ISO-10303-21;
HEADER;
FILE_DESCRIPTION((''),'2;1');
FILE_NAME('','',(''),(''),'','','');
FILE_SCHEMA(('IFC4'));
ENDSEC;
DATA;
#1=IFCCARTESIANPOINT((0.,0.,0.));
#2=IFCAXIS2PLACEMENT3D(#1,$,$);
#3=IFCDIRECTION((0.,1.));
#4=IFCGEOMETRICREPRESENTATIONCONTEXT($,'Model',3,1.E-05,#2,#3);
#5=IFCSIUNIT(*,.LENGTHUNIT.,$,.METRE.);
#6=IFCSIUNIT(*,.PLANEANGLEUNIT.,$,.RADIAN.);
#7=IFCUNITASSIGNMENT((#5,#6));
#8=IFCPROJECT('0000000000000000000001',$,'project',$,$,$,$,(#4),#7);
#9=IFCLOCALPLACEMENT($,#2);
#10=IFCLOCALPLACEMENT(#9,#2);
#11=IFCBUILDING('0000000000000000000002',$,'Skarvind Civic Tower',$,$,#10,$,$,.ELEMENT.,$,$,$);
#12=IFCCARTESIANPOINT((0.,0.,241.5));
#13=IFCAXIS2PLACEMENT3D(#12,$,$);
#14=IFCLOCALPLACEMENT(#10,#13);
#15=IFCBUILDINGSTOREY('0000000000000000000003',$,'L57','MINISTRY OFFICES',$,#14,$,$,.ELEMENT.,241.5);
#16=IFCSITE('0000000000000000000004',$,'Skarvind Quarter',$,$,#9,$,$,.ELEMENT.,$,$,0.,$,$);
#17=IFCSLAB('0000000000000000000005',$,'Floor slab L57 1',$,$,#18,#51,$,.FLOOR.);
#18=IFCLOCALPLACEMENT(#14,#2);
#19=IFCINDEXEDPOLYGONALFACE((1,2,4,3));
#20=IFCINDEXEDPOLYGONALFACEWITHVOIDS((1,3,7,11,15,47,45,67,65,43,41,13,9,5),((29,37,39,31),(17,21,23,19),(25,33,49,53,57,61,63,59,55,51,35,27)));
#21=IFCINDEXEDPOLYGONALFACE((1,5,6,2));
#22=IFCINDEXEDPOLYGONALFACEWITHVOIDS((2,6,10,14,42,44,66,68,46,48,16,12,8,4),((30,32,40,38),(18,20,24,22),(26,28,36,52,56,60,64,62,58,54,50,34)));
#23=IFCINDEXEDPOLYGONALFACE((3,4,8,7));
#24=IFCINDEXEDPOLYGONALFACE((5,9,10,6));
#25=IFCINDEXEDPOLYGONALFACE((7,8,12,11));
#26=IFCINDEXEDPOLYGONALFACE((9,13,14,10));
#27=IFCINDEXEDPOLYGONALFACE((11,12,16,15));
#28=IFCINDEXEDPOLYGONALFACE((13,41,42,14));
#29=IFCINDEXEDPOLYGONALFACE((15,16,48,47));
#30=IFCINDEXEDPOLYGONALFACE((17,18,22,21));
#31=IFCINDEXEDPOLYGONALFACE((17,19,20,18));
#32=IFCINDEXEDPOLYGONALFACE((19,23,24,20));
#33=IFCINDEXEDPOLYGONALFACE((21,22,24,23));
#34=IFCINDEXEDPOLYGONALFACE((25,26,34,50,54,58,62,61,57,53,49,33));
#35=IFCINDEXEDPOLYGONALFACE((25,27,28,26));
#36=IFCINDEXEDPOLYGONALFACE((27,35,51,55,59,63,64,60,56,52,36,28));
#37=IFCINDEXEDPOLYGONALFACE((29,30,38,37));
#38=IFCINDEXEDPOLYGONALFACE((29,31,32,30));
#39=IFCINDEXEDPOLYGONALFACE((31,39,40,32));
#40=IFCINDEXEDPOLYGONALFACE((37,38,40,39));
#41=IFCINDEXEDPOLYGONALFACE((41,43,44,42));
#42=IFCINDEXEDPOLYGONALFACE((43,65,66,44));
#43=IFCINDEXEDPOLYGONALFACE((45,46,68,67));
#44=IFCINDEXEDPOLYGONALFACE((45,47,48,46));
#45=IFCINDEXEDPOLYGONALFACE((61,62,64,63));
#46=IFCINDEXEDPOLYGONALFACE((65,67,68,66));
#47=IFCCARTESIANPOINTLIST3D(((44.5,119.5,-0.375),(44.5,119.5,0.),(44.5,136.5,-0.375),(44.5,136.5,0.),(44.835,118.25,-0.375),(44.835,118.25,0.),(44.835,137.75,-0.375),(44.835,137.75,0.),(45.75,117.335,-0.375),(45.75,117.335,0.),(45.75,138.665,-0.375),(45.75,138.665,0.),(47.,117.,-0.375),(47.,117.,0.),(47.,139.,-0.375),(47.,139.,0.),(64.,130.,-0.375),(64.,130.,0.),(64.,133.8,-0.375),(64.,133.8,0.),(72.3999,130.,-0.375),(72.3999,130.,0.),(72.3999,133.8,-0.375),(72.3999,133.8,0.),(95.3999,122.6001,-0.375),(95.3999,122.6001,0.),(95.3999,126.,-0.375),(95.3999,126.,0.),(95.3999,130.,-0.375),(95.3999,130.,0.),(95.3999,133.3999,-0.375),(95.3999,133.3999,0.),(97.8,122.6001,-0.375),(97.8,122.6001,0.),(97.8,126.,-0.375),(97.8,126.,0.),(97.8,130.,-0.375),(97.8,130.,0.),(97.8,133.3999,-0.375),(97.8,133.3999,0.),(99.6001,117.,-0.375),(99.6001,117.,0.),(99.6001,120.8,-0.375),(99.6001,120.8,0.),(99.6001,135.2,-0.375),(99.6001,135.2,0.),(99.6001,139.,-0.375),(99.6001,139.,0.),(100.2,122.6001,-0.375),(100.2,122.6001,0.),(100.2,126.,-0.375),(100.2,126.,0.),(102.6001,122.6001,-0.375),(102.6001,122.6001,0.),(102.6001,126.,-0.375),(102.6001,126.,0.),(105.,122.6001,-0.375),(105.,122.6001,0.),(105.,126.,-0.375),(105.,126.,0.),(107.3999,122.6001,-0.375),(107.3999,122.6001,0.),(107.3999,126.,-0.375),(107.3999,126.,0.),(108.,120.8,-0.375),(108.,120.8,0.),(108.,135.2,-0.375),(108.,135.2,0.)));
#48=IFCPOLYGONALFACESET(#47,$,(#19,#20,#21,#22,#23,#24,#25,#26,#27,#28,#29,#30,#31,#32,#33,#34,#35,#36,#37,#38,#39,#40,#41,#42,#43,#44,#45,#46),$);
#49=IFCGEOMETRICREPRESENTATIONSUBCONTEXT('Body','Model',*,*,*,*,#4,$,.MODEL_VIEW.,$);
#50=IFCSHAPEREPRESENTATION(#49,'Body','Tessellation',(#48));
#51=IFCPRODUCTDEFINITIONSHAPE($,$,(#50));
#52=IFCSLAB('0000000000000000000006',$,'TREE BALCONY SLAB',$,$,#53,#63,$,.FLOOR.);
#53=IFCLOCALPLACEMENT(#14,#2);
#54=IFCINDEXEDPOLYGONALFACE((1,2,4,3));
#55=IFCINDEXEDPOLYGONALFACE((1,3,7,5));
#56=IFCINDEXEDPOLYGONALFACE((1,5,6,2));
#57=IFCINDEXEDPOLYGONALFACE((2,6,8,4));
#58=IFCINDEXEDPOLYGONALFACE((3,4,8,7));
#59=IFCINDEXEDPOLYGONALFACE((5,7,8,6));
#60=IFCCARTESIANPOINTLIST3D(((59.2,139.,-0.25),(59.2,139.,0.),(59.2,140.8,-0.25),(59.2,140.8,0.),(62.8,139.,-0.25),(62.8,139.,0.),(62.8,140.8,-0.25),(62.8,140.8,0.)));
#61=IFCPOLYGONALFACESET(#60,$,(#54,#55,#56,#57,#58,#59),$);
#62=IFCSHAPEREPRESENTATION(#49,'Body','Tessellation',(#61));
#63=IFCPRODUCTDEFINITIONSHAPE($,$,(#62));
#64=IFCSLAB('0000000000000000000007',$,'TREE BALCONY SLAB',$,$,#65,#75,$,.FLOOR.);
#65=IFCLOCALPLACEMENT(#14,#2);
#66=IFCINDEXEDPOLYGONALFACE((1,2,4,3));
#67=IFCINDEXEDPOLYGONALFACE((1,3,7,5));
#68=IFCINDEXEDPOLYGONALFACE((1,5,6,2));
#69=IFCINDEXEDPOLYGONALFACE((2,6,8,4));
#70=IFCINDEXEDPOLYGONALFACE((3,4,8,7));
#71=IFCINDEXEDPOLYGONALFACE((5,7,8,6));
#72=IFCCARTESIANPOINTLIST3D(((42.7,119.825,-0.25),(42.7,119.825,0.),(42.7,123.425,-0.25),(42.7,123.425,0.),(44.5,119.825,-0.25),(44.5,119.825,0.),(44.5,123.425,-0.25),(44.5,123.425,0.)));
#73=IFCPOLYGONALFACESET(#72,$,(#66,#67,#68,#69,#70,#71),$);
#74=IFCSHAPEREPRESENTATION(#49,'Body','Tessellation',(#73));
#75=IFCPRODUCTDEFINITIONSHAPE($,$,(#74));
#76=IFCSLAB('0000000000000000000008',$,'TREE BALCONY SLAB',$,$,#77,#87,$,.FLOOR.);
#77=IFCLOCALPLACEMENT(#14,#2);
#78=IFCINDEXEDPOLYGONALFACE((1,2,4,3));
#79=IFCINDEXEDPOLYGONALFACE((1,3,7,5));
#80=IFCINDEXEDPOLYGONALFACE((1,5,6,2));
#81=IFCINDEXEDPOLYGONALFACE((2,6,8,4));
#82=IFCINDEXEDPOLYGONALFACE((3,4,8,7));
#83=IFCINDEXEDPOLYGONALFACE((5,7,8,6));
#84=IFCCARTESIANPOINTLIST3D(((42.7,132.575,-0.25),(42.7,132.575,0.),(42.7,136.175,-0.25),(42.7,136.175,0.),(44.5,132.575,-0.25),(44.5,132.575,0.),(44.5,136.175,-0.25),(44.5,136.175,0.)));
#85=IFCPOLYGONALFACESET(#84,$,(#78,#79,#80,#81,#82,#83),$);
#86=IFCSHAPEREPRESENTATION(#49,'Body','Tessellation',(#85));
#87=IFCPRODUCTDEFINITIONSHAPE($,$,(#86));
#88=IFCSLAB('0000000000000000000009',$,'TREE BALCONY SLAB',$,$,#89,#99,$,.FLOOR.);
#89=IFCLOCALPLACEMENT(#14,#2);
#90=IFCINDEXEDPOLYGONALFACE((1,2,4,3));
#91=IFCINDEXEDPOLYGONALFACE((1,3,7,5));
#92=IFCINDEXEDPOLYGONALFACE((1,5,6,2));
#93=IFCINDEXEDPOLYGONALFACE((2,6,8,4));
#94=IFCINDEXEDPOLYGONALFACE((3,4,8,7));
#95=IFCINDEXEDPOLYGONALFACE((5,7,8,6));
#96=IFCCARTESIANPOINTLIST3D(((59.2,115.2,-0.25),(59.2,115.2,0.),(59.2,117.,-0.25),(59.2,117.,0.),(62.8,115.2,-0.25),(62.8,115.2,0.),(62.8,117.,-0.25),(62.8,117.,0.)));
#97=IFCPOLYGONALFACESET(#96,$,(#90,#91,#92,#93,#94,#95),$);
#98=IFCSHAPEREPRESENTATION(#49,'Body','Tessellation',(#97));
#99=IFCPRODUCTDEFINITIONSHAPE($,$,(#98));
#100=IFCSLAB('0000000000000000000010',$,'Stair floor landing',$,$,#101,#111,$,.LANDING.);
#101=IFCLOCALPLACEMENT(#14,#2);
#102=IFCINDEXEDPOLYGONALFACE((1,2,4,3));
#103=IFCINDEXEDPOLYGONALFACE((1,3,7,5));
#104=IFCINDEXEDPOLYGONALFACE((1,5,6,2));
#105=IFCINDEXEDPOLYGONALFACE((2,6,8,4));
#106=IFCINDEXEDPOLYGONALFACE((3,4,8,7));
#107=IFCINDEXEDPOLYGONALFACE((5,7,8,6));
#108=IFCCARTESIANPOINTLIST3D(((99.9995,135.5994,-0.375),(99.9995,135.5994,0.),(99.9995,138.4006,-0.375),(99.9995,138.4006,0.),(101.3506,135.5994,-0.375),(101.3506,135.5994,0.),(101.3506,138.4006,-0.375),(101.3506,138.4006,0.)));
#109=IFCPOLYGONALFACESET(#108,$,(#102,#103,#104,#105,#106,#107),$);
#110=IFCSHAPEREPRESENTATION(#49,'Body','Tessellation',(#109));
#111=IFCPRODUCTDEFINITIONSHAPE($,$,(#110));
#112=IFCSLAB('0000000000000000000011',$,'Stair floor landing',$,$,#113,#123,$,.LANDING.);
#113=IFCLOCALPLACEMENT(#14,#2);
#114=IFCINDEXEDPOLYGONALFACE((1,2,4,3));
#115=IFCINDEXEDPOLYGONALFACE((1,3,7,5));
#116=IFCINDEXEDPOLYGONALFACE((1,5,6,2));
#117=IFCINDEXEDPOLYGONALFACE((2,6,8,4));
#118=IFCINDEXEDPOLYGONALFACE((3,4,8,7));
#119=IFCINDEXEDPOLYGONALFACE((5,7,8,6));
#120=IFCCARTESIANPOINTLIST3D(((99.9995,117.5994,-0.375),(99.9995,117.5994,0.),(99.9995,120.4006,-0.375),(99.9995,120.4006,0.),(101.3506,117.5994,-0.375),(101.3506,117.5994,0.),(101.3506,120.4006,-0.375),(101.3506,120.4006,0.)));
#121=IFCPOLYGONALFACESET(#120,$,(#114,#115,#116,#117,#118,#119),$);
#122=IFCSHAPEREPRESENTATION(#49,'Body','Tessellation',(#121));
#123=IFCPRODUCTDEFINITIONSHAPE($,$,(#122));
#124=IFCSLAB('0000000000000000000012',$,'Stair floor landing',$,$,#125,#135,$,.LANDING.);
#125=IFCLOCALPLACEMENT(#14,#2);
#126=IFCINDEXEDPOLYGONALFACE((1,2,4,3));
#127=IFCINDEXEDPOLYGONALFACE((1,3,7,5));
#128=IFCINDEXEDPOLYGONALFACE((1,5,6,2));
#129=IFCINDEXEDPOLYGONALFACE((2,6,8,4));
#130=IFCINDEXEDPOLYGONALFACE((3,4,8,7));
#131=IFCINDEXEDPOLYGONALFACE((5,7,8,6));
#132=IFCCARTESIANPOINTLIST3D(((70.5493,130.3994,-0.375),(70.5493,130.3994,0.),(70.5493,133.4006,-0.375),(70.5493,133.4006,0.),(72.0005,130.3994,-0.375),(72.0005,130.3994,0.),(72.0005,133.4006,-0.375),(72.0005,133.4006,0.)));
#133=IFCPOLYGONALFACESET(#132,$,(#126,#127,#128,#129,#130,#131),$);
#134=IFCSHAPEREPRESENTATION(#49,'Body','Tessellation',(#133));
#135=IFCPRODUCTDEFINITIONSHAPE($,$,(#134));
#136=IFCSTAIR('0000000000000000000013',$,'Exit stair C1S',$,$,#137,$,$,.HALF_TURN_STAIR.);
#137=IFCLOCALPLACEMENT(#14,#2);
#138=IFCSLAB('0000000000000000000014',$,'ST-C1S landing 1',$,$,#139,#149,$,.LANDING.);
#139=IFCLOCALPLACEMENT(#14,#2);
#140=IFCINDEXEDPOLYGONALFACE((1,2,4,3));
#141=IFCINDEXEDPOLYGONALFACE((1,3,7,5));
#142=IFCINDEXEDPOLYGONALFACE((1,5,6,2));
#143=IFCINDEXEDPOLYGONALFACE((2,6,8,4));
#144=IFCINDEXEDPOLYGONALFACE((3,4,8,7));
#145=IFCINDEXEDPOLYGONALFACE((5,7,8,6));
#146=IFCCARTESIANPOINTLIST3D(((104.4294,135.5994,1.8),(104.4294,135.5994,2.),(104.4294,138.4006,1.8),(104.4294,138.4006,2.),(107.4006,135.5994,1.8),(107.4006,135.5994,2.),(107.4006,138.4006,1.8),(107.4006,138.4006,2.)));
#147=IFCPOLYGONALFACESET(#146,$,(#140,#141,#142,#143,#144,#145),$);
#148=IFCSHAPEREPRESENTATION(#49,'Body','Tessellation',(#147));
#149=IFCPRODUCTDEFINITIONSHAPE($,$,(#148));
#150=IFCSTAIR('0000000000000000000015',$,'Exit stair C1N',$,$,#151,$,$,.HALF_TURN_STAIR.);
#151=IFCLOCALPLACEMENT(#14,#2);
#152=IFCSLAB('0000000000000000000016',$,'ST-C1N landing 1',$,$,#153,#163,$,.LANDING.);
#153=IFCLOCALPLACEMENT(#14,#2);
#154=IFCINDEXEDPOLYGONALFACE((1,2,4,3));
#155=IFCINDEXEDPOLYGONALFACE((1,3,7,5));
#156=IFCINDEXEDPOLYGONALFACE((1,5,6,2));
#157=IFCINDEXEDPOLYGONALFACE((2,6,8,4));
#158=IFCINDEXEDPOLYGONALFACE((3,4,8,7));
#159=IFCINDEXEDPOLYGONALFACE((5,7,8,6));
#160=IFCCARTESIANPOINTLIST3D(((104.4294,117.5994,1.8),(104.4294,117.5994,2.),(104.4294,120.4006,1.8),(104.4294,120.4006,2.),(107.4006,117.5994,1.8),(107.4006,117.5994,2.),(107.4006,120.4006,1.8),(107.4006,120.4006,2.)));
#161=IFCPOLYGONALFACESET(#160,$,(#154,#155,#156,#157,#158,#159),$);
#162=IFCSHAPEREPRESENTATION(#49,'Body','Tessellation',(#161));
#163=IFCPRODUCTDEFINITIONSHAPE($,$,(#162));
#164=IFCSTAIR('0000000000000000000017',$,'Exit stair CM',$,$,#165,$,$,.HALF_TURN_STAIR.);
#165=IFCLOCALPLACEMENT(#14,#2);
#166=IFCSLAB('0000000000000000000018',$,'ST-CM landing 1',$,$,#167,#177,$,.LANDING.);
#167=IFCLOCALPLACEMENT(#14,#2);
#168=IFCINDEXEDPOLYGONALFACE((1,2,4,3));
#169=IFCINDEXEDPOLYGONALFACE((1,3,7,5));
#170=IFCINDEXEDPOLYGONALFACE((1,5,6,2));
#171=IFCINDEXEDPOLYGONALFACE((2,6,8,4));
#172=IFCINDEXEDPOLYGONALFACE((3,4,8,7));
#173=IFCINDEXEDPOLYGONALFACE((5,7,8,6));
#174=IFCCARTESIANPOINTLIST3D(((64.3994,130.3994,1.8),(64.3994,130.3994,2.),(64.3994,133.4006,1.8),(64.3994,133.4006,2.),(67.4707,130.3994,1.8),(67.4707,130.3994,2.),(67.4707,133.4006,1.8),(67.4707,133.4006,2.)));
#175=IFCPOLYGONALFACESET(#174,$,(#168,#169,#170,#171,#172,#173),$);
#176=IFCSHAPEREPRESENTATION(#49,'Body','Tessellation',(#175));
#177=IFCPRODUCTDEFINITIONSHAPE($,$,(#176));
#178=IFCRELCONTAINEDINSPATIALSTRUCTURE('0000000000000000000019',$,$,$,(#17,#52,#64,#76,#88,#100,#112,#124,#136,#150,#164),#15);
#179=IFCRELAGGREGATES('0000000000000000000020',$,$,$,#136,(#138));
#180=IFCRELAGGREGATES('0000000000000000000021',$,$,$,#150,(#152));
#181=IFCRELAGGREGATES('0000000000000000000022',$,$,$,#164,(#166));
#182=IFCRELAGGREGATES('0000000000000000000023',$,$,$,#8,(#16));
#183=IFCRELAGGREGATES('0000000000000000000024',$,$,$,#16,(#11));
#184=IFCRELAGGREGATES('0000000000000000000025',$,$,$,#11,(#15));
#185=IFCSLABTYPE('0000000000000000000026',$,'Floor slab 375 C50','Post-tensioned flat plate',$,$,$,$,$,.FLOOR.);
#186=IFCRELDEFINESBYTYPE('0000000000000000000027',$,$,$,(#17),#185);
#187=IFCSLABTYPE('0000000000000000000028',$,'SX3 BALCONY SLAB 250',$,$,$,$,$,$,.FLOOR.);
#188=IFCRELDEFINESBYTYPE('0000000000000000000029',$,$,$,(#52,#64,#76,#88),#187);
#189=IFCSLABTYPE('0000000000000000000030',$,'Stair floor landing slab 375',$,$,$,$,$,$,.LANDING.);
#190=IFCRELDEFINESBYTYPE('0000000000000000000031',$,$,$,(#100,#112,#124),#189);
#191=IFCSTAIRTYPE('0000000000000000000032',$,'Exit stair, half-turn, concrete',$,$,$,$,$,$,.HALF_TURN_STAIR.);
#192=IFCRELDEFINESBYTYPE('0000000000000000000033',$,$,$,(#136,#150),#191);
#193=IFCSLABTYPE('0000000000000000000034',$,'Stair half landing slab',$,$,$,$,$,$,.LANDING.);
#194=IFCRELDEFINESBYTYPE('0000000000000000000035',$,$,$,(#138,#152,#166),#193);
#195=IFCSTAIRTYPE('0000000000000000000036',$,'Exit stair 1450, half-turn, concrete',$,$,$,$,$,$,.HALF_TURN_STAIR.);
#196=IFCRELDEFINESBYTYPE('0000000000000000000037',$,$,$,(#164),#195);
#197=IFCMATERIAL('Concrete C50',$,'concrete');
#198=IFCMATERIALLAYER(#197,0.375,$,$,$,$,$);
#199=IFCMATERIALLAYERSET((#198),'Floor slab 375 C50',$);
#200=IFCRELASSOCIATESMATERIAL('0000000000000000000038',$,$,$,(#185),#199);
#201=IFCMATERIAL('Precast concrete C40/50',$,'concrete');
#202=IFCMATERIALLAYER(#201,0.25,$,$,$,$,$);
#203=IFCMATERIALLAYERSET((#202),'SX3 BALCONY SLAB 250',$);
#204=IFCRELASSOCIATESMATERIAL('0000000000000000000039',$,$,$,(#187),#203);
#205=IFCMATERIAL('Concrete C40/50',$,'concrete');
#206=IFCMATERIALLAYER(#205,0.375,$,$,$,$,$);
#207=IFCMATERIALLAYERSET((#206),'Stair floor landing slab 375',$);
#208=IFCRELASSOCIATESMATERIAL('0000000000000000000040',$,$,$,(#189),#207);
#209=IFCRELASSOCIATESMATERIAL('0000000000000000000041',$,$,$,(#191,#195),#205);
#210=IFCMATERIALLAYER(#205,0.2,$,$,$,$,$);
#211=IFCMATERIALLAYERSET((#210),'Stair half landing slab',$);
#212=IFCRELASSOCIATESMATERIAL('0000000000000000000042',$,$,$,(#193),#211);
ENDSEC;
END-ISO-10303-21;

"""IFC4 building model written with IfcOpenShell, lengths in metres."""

from ifc_helpers import new_model, si_unit, direction, frame, origin, place, context, subcontext, project, spatial, polyline, outline, extrude, material, layer, layer_set, type_object, element, aggregate, save


model = new_model("IFC4")

# Units and contexts
model_context = context("Model", 3, precision=1e-05, world=origin(), true_north=direction((0.0, 1.0)))
body_context = subcontext(model_context, "Body", "Model", "MODEL_VIEW")
ifc_project = project(units=[si_unit("LENGTHUNIT", "METRE"), si_unit("PLANEANGLEUNIT", "RADIAN")], contexts=[model_context])

# Site, building, storey
site_placement = place(None, origin())
site = spatial("IfcSite", under=ifc_project, at=site_placement, Name="Skarvind Quarter", CompositionType="ELEMENT", RefElevation=0.0)
building_placement = place(site_placement, origin())
building = spatial("IfcBuilding", under=site, at=building_placement, Name="Skarvind Civic Tower", CompositionType="ELEMENT")
storey_placement = place(building_placement, frame((0.0, 0.0, 241.5)))
storey = spatial("IfcBuildingStorey", under=building, at=storey_placement, Name="L57", Description="MINISTRY OFFICES", CompositionType="ELEMENT", Elevation=241.5)

# Slabs
ifc_material_1 = material(Name="Concrete C50", Category="concrete")
ifc_layer_1 = layer(ifc_material_1, 0.375)
ifc_layer_set_1 = layer_set([ifc_layer_1], Name="Floor slab 375 C50")
slab_type_1 = type_object("IfcSlabType", Name="Floor slab 375 C50", Description="Post-tensioned flat plate", PredefinedType="FLOOR", material=ifc_layer_set_1)
slab_1_placement = place(storey_placement, frame((0.0, 0.0, -0.375)))
element("IfcSlab", 1, at=slab_1_placement, inside=storey, type_object=slab_type_1, Name="Floor slab L57 1", PredefinedType="FLOOR", context=body_context, shape_type="SweptSolid", body=[
    extrude(outline(polyline([(99.6001, 117.0), (99.6001, 120.8), (108.0, 120.8), (108.0, 135.2), (99.6001, 135.2), (99.6001, 139.0), (47.0, 139.0), (45.75, 138.665), (44.835, 137.75), (44.5, 136.5), (44.5, 119.5), (44.835, 118.25), (45.75, 117.335), (47.0, 117.0), (99.6001, 117.0)]), holes=[polyline([(95.3999, 126.0), (97.8, 126.0), (100.2, 126.0), (102.6001, 126.0), (105.0, 126.0), (107.3999, 126.0), (107.3999, 122.6001), (105.0, 122.6001), (102.6001, 122.6001), (100.2, 122.6001), (97.8, 122.6001), (95.3999, 122.6001), (95.3999, 126.0)]), polyline([(95.3999, 133.3999), (97.8, 133.3999), (97.8, 130.0), (95.3999, 130.0), (95.3999, 133.3999)]), polyline([(64.0, 130.0), (64.0, 133.8), (72.3999, 133.8), (72.3999, 130.0), (64.0, 130.0)])]), origin(), (0.0, 0.0, 1.0), 0.375),
])
ifc_material_2 = material(Name="Precast concrete C40/50", Category="concrete")
ifc_layer_2 = layer(ifc_material_2, 0.25)
ifc_layer_set_2 = layer_set([ifc_layer_2], Name="SX3 BALCONY SLAB 250")
slab_type_2 = type_object("IfcSlabType", Name="SX3 BALCONY SLAB 250", PredefinedType="FLOOR", material=ifc_layer_set_2)
slab_2_placement = place(storey_placement, frame((0.0, 0.0, -0.25)))
element("IfcSlab", 2, at=slab_2_placement, inside=storey, type_object=slab_type_2, Name="TREE BALCONY SLAB", PredefinedType="FLOOR", context=body_context, shape_type="SweptSolid", body=[
    extrude(outline(polyline([(59.2, 139.0), (62.8, 139.0), (62.8, 140.8), (59.2, 140.8), (59.2, 139.0)])), origin(), (0.0, 0.0, 1.0), 0.25),
])
slab_3_placement = place(storey_placement, frame((0.0, 0.0, -0.25)))
element("IfcSlab", 3, at=slab_3_placement, inside=storey, type_object=slab_type_2, Name="TREE BALCONY SLAB", PredefinedType="FLOOR", context=body_context, shape_type="SweptSolid", body=[
    extrude(outline(polyline([(44.5, 119.825), (44.5, 123.425), (42.7, 123.425), (42.7, 119.825), (44.5, 119.825)])), origin(), (0.0, 0.0, 1.0), 0.25),
])
slab_4_placement = place(storey_placement, frame((0.0, 0.0, -0.25)))
element("IfcSlab", 4, at=slab_4_placement, inside=storey, type_object=slab_type_2, Name="TREE BALCONY SLAB", PredefinedType="FLOOR", context=body_context, shape_type="SweptSolid", body=[
    extrude(outline(polyline([(44.5, 132.575), (44.5, 136.175), (42.7, 136.175), (42.7, 132.575), (44.5, 132.575)])), origin(), (0.0, 0.0, 1.0), 0.25),
])
slab_5_placement = place(storey_placement, frame((0.0, 0.0, -0.25)))
element("IfcSlab", 5, at=slab_5_placement, inside=storey, type_object=slab_type_2, Name="TREE BALCONY SLAB", PredefinedType="FLOOR", context=body_context, shape_type="SweptSolid", body=[
    extrude(outline(polyline([(62.8, 117.0), (59.2, 117.0), (59.2, 115.2), (62.8, 115.2), (62.8, 117.0)])), origin(), (0.0, 0.0, 1.0), 0.25),
])
ifc_material_3 = material(Name="Concrete C40/50", Category="concrete")
ifc_layer_3 = layer(ifc_material_3, 0.375)
ifc_layer_set_3 = layer_set([ifc_layer_3], Name="Stair floor landing slab 375")
slab_type_3 = type_object("IfcSlabType", Name="Stair floor landing slab 375", PredefinedType="LANDING", material=ifc_layer_set_3)
slab_6_placement = place(storey_placement, frame((0.0, 0.0, -0.375)))
element("IfcSlab", 6, at=slab_6_placement, inside=storey, type_object=slab_type_3, Name="Stair floor landing", PredefinedType="LANDING", context=body_context, shape_type="SweptSolid", body=[
    extrude(outline(polyline([(101.3506, 138.4006), (101.3506, 135.5994), (99.9995, 135.5994), (99.9995, 138.4006), (101.3506, 138.4006)])), origin(), (0.0, 0.0, 1.0), 0.375),
])
slab_7_placement = place(storey_placement, frame((0.0, 0.0, -0.375)))
element("IfcSlab", 7, at=slab_7_placement, inside=storey, type_object=slab_type_3, Name="Stair floor landing", PredefinedType="LANDING", context=body_context, shape_type="SweptSolid", body=[
    extrude(outline(polyline([(101.3506, 120.4006), (101.3506, 117.5994), (99.9995, 117.5994), (99.9995, 120.4006), (101.3506, 120.4006)])), origin(), (0.0, 0.0, 1.0), 0.375),
])
slab_8_placement = place(storey_placement, frame((0.0, 0.0, -0.375)))
element("IfcSlab", 8, at=slab_8_placement, inside=storey, type_object=slab_type_3, Name="Stair floor landing", PredefinedType="LANDING", context=body_context, shape_type="SweptSolid", body=[
    extrude(outline(polyline([(70.5493, 130.3994), (70.5493, 133.4006), (72.0005, 133.4006), (72.0005, 130.3994), (70.5493, 130.3994)])), origin(), (0.0, 0.0, 1.0), 0.375),
])

# Stairs, slabs
stair_type_1 = type_object("IfcStairType", Name="Exit stair, half-turn, concrete", PredefinedType="HALF_TURN_STAIR", material=ifc_material_3)
stair_1_placement = place(storey_placement, origin())
stair_1 = element("IfcStair", 9, at=stair_1_placement, inside=storey, type_object=stair_type_1, Name="Exit stair C1S", PredefinedType="HALF_TURN_STAIR")
ifc_layer_4 = layer(ifc_material_3, 0.2)
ifc_layer_set_4 = layer_set([ifc_layer_4], Name="Stair half landing slab")
slab_type_4 = type_object("IfcSlabType", Name="Stair half landing slab", PredefinedType="LANDING", material=ifc_layer_set_4)
slab_9_placement = place(storey_placement, frame((0.0, 0.0, 1.8)))
slab_9 = element("IfcSlab", 10, at=slab_9_placement, type_object=slab_type_4, Name="ST-C1S landing 1", PredefinedType="LANDING", context=body_context, shape_type="SweptSolid", body=[
    extrude(outline(polyline([(104.4294, 135.5994), (104.4294, 138.4006), (107.4006, 138.4006), (107.4006, 135.5994), (104.4294, 135.5994)])), origin(), (0.0, 0.0, 1.0), 0.2),
])
aggregate(stair_1, [slab_9])
stair_2_placement = place(storey_placement, origin())
stair_2 = element("IfcStair", 11, at=stair_2_placement, inside=storey, type_object=stair_type_1, Name="Exit stair C1N", PredefinedType="HALF_TURN_STAIR")
slab_10_placement = place(storey_placement, frame((0.0, 0.0, 1.8)))
slab_10 = element("IfcSlab", 12, at=slab_10_placement, type_object=slab_type_4, Name="ST-C1N landing 1", PredefinedType="LANDING", context=body_context, shape_type="SweptSolid", body=[
    extrude(outline(polyline([(104.4294, 117.5994), (104.4294, 120.4006), (107.4006, 120.4006), (107.4006, 117.5994), (104.4294, 117.5994)])), origin(), (0.0, 0.0, 1.0), 0.2),
])
aggregate(stair_2, [slab_10])
stair_type_2 = type_object("IfcStairType", Name="Exit stair 1450, half-turn, concrete", PredefinedType="HALF_TURN_STAIR", material=ifc_material_3)
stair_3_placement = place(storey_placement, origin())
stair_3 = element("IfcStair", 13, at=stair_3_placement, inside=storey, type_object=stair_type_2, Name="Exit stair CM", PredefinedType="HALF_TURN_STAIR")
slab_11_placement = place(storey_placement, frame((0.0, 0.0, 1.8)))
slab_11 = element("IfcSlab", 14, at=slab_11_placement, type_object=slab_type_4, Name="ST-CM landing 1", PredefinedType="LANDING", context=body_context, shape_type="SweptSolid", body=[
    extrude(outline(polyline([(67.4707, 133.4006), (67.4707, 130.3994), (64.3994, 130.3994), (64.3994, 133.4006), (67.4707, 133.4006)])), origin(), (0.0, 0.0, 1.0), 0.2),
])
aggregate(stair_3, [slab_11])

save(model, "model.ifc")
